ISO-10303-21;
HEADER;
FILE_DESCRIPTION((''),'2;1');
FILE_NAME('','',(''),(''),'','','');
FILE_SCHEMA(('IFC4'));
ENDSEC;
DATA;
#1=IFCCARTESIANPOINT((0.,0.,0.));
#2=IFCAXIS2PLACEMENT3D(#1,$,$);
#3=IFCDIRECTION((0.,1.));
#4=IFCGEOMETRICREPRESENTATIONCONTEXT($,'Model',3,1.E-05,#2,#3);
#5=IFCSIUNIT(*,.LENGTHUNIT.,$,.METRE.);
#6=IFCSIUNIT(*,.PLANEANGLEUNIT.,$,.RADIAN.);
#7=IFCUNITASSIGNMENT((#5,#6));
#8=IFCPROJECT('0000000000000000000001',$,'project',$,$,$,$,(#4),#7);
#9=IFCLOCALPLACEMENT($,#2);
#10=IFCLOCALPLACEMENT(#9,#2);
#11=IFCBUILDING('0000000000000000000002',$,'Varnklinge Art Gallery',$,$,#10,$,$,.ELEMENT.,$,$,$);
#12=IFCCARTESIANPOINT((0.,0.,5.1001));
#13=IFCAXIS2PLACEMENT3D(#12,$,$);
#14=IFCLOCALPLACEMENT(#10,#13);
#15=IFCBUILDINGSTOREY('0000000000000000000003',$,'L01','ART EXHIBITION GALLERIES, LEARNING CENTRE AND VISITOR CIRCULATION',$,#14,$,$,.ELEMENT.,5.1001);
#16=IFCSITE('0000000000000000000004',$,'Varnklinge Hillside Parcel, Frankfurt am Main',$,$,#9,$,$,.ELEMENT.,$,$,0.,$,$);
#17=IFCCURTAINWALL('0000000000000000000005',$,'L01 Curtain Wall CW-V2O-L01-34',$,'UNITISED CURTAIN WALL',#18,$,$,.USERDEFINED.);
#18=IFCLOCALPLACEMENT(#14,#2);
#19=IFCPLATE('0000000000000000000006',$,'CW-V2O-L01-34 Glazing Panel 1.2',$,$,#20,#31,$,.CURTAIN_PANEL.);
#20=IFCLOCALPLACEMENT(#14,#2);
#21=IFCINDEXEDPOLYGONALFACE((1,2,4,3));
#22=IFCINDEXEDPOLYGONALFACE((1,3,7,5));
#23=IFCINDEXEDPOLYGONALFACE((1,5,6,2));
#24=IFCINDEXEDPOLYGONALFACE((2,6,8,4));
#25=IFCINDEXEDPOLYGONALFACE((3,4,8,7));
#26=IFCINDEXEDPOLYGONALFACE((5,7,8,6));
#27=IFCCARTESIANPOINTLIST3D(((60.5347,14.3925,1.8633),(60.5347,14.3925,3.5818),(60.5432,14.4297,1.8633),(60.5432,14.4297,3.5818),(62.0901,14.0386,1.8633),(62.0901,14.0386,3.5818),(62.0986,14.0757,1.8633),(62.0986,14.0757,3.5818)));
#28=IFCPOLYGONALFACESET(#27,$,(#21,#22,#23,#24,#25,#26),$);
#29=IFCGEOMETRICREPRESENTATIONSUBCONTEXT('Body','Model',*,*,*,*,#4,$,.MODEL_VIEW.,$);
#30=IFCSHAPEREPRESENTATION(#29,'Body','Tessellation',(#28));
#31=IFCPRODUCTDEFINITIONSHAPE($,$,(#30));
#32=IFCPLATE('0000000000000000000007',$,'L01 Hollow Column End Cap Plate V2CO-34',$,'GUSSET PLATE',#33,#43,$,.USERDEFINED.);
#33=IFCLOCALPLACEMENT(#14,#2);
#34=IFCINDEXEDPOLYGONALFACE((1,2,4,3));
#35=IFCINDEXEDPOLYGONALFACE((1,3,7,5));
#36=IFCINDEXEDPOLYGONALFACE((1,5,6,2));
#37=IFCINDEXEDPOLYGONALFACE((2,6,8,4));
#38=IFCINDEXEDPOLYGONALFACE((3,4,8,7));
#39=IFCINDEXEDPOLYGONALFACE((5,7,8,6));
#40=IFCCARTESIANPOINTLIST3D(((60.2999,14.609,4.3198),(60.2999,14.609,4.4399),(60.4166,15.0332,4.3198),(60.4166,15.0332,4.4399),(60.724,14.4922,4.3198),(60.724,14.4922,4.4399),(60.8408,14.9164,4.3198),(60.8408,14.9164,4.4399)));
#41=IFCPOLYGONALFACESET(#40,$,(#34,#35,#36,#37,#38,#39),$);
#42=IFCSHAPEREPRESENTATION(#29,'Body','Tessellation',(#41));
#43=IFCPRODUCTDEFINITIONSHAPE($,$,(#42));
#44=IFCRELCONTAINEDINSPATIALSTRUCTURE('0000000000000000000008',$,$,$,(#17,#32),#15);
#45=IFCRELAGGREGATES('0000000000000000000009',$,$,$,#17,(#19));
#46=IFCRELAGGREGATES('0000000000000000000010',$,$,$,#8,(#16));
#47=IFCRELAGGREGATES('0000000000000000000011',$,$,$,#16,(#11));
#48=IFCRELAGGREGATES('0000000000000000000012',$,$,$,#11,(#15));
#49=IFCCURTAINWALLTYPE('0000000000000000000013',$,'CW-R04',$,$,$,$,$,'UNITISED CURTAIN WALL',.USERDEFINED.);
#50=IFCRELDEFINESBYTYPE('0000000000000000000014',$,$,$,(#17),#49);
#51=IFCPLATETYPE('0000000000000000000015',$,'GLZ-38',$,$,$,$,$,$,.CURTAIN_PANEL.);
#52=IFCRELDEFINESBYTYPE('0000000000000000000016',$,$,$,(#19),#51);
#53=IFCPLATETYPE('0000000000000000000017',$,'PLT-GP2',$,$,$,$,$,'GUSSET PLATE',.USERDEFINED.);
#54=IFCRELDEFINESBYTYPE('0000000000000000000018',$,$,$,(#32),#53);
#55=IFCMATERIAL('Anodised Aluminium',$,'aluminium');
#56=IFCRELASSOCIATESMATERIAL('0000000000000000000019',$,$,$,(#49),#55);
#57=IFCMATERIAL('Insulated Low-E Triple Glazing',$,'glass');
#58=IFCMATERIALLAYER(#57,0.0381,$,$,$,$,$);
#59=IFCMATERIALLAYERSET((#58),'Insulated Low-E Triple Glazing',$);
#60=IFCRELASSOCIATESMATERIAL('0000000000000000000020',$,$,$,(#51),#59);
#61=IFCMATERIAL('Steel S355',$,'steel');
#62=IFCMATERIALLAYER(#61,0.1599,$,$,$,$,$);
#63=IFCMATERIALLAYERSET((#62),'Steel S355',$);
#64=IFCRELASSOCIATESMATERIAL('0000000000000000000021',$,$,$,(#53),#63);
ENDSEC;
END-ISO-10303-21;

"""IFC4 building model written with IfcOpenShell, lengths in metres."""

from ifc_helpers import new_model, si_unit, direction, frame, origin, origin_2d, place, context, subcontext, project, spatial, rectangle, extrude, material, layer, layer_set, type_object, element, aggregate, save


model = new_model("IFC4")

# Units and contexts
model_context = context("Model", 3, precision=1e-05, world=origin(), true_north=direction((0.0, 1.0)))
body_context = subcontext(model_context, "Body", "Model", "MODEL_VIEW")
ifc_project = project(units=[si_unit("LENGTHUNIT", "METRE"), si_unit("PLANEANGLEUNIT", "RADIAN")], contexts=[model_context])

# Site, building, storey
site_placement = place(None, origin())
site = spatial("IfcSite", under=ifc_project, at=site_placement, Name="Varnklinge Hillside Parcel, Frankfurt am Main", CompositionType="ELEMENT", RefElevation=0.0)
building_placement = place(site_placement, origin())
building = spatial("IfcBuilding", under=site, at=building_placement, Name="Varnklinge Art Gallery", CompositionType="ELEMENT")
storey_placement = place(building_placement, frame((0.0, 0.0, 5.1001)))
storey = spatial("IfcBuildingStorey", under=building, at=storey_placement, Name="L01", Description="ART EXHIBITION GALLERIES, LEARNING CENTRE AND VISITOR CIRCULATION", CompositionType="ELEMENT", Elevation=5.1001)

# Curtain wall
ifc_material_1 = material(Name="Anodised Aluminium", Category="aluminium")
curtain_wall_type_1 = type_object("IfcCurtainWallType", Name="CW-R04", ElementType="UNITISED CURTAIN WALL", PredefinedType="USERDEFINED", material=ifc_material_1)
curtain_wall_1_placement = place(storey_placement, origin())
curtain_wall_1 = element("IfcCurtainWall", 1, at=curtain_wall_1_placement, inside=storey, type_object=curtain_wall_type_1, Name="L01 Curtain Wall CW-V2O-L01-34", ObjectType="UNITISED CURTAIN WALL", PredefinedType="USERDEFINED")

# Plates
ifc_material_2 = material(Name="Insulated Low-E Triple Glazing", Category="glass")
ifc_layer_1 = layer(ifc_material_2, 0.0381)
ifc_layer_set_1 = layer_set([ifc_layer_1], Name="Insulated Low-E Triple Glazing")
plate_type_1 = type_object("IfcPlateType", Name="GLZ-38", PredefinedType="CURTAIN_PANEL", material=ifc_layer_set_1)
plate_1_placement = place(storey_placement, frame((61.3167, 14.2341, 1.8633), z_axis=(0.0, 0.0, 1.0), x_axis=(0.975072, -0.221889, 0.0)))
plate_1 = element("IfcPlate", 2, at=plate_1_placement, type_object=plate_type_1, Name="CW-V2O-L01-34 Glazing Panel 1.2", PredefinedType="CURTAIN_PANEL", context=body_context, shape_type="SweptSolid", body=[
    extrude(rectangle(XDim=1.5952, YDim=0.0381, at=origin_2d()), origin(), (0.0, 0.0, 1.0), 1.7185),
])
aggregate(curtain_wall_1, [plate_1])
ifc_material_3 = material(Name="Steel S355", Category="steel")
ifc_layer_2 = layer(ifc_material_3, 0.1599)
ifc_layer_set_2 = layer_set([ifc_layer_2], Name="Steel S355")
plate_type_2 = type_object("IfcPlateType", Name="PLT-GP2", ElementType="GUSSET PLATE", PredefinedType="USERDEFINED", material=ifc_layer_set_2)
plate_2_placement = place(storey_placement, frame((60.5703, 14.7627, 4.3198), z_axis=(0.0, 0.0, 1.0), x_axis=(0.265388, 0.964142, 0.0)))
element("IfcPlate", 3, at=plate_2_placement, inside=storey, type_object=plate_type_2, Name="L01 Hollow Column End Cap Plate V2CO-34", ObjectType="GUSSET PLATE", PredefinedType="USERDEFINED", context=body_context, shape_type="SweptSolid", body=[
    extrude(rectangle(XDim=0.4399, YDim=0.4399, at=origin_2d()), origin(), (0.0, 0.0, 1.0), 0.1201),
])

save(model, "model.ifc")
